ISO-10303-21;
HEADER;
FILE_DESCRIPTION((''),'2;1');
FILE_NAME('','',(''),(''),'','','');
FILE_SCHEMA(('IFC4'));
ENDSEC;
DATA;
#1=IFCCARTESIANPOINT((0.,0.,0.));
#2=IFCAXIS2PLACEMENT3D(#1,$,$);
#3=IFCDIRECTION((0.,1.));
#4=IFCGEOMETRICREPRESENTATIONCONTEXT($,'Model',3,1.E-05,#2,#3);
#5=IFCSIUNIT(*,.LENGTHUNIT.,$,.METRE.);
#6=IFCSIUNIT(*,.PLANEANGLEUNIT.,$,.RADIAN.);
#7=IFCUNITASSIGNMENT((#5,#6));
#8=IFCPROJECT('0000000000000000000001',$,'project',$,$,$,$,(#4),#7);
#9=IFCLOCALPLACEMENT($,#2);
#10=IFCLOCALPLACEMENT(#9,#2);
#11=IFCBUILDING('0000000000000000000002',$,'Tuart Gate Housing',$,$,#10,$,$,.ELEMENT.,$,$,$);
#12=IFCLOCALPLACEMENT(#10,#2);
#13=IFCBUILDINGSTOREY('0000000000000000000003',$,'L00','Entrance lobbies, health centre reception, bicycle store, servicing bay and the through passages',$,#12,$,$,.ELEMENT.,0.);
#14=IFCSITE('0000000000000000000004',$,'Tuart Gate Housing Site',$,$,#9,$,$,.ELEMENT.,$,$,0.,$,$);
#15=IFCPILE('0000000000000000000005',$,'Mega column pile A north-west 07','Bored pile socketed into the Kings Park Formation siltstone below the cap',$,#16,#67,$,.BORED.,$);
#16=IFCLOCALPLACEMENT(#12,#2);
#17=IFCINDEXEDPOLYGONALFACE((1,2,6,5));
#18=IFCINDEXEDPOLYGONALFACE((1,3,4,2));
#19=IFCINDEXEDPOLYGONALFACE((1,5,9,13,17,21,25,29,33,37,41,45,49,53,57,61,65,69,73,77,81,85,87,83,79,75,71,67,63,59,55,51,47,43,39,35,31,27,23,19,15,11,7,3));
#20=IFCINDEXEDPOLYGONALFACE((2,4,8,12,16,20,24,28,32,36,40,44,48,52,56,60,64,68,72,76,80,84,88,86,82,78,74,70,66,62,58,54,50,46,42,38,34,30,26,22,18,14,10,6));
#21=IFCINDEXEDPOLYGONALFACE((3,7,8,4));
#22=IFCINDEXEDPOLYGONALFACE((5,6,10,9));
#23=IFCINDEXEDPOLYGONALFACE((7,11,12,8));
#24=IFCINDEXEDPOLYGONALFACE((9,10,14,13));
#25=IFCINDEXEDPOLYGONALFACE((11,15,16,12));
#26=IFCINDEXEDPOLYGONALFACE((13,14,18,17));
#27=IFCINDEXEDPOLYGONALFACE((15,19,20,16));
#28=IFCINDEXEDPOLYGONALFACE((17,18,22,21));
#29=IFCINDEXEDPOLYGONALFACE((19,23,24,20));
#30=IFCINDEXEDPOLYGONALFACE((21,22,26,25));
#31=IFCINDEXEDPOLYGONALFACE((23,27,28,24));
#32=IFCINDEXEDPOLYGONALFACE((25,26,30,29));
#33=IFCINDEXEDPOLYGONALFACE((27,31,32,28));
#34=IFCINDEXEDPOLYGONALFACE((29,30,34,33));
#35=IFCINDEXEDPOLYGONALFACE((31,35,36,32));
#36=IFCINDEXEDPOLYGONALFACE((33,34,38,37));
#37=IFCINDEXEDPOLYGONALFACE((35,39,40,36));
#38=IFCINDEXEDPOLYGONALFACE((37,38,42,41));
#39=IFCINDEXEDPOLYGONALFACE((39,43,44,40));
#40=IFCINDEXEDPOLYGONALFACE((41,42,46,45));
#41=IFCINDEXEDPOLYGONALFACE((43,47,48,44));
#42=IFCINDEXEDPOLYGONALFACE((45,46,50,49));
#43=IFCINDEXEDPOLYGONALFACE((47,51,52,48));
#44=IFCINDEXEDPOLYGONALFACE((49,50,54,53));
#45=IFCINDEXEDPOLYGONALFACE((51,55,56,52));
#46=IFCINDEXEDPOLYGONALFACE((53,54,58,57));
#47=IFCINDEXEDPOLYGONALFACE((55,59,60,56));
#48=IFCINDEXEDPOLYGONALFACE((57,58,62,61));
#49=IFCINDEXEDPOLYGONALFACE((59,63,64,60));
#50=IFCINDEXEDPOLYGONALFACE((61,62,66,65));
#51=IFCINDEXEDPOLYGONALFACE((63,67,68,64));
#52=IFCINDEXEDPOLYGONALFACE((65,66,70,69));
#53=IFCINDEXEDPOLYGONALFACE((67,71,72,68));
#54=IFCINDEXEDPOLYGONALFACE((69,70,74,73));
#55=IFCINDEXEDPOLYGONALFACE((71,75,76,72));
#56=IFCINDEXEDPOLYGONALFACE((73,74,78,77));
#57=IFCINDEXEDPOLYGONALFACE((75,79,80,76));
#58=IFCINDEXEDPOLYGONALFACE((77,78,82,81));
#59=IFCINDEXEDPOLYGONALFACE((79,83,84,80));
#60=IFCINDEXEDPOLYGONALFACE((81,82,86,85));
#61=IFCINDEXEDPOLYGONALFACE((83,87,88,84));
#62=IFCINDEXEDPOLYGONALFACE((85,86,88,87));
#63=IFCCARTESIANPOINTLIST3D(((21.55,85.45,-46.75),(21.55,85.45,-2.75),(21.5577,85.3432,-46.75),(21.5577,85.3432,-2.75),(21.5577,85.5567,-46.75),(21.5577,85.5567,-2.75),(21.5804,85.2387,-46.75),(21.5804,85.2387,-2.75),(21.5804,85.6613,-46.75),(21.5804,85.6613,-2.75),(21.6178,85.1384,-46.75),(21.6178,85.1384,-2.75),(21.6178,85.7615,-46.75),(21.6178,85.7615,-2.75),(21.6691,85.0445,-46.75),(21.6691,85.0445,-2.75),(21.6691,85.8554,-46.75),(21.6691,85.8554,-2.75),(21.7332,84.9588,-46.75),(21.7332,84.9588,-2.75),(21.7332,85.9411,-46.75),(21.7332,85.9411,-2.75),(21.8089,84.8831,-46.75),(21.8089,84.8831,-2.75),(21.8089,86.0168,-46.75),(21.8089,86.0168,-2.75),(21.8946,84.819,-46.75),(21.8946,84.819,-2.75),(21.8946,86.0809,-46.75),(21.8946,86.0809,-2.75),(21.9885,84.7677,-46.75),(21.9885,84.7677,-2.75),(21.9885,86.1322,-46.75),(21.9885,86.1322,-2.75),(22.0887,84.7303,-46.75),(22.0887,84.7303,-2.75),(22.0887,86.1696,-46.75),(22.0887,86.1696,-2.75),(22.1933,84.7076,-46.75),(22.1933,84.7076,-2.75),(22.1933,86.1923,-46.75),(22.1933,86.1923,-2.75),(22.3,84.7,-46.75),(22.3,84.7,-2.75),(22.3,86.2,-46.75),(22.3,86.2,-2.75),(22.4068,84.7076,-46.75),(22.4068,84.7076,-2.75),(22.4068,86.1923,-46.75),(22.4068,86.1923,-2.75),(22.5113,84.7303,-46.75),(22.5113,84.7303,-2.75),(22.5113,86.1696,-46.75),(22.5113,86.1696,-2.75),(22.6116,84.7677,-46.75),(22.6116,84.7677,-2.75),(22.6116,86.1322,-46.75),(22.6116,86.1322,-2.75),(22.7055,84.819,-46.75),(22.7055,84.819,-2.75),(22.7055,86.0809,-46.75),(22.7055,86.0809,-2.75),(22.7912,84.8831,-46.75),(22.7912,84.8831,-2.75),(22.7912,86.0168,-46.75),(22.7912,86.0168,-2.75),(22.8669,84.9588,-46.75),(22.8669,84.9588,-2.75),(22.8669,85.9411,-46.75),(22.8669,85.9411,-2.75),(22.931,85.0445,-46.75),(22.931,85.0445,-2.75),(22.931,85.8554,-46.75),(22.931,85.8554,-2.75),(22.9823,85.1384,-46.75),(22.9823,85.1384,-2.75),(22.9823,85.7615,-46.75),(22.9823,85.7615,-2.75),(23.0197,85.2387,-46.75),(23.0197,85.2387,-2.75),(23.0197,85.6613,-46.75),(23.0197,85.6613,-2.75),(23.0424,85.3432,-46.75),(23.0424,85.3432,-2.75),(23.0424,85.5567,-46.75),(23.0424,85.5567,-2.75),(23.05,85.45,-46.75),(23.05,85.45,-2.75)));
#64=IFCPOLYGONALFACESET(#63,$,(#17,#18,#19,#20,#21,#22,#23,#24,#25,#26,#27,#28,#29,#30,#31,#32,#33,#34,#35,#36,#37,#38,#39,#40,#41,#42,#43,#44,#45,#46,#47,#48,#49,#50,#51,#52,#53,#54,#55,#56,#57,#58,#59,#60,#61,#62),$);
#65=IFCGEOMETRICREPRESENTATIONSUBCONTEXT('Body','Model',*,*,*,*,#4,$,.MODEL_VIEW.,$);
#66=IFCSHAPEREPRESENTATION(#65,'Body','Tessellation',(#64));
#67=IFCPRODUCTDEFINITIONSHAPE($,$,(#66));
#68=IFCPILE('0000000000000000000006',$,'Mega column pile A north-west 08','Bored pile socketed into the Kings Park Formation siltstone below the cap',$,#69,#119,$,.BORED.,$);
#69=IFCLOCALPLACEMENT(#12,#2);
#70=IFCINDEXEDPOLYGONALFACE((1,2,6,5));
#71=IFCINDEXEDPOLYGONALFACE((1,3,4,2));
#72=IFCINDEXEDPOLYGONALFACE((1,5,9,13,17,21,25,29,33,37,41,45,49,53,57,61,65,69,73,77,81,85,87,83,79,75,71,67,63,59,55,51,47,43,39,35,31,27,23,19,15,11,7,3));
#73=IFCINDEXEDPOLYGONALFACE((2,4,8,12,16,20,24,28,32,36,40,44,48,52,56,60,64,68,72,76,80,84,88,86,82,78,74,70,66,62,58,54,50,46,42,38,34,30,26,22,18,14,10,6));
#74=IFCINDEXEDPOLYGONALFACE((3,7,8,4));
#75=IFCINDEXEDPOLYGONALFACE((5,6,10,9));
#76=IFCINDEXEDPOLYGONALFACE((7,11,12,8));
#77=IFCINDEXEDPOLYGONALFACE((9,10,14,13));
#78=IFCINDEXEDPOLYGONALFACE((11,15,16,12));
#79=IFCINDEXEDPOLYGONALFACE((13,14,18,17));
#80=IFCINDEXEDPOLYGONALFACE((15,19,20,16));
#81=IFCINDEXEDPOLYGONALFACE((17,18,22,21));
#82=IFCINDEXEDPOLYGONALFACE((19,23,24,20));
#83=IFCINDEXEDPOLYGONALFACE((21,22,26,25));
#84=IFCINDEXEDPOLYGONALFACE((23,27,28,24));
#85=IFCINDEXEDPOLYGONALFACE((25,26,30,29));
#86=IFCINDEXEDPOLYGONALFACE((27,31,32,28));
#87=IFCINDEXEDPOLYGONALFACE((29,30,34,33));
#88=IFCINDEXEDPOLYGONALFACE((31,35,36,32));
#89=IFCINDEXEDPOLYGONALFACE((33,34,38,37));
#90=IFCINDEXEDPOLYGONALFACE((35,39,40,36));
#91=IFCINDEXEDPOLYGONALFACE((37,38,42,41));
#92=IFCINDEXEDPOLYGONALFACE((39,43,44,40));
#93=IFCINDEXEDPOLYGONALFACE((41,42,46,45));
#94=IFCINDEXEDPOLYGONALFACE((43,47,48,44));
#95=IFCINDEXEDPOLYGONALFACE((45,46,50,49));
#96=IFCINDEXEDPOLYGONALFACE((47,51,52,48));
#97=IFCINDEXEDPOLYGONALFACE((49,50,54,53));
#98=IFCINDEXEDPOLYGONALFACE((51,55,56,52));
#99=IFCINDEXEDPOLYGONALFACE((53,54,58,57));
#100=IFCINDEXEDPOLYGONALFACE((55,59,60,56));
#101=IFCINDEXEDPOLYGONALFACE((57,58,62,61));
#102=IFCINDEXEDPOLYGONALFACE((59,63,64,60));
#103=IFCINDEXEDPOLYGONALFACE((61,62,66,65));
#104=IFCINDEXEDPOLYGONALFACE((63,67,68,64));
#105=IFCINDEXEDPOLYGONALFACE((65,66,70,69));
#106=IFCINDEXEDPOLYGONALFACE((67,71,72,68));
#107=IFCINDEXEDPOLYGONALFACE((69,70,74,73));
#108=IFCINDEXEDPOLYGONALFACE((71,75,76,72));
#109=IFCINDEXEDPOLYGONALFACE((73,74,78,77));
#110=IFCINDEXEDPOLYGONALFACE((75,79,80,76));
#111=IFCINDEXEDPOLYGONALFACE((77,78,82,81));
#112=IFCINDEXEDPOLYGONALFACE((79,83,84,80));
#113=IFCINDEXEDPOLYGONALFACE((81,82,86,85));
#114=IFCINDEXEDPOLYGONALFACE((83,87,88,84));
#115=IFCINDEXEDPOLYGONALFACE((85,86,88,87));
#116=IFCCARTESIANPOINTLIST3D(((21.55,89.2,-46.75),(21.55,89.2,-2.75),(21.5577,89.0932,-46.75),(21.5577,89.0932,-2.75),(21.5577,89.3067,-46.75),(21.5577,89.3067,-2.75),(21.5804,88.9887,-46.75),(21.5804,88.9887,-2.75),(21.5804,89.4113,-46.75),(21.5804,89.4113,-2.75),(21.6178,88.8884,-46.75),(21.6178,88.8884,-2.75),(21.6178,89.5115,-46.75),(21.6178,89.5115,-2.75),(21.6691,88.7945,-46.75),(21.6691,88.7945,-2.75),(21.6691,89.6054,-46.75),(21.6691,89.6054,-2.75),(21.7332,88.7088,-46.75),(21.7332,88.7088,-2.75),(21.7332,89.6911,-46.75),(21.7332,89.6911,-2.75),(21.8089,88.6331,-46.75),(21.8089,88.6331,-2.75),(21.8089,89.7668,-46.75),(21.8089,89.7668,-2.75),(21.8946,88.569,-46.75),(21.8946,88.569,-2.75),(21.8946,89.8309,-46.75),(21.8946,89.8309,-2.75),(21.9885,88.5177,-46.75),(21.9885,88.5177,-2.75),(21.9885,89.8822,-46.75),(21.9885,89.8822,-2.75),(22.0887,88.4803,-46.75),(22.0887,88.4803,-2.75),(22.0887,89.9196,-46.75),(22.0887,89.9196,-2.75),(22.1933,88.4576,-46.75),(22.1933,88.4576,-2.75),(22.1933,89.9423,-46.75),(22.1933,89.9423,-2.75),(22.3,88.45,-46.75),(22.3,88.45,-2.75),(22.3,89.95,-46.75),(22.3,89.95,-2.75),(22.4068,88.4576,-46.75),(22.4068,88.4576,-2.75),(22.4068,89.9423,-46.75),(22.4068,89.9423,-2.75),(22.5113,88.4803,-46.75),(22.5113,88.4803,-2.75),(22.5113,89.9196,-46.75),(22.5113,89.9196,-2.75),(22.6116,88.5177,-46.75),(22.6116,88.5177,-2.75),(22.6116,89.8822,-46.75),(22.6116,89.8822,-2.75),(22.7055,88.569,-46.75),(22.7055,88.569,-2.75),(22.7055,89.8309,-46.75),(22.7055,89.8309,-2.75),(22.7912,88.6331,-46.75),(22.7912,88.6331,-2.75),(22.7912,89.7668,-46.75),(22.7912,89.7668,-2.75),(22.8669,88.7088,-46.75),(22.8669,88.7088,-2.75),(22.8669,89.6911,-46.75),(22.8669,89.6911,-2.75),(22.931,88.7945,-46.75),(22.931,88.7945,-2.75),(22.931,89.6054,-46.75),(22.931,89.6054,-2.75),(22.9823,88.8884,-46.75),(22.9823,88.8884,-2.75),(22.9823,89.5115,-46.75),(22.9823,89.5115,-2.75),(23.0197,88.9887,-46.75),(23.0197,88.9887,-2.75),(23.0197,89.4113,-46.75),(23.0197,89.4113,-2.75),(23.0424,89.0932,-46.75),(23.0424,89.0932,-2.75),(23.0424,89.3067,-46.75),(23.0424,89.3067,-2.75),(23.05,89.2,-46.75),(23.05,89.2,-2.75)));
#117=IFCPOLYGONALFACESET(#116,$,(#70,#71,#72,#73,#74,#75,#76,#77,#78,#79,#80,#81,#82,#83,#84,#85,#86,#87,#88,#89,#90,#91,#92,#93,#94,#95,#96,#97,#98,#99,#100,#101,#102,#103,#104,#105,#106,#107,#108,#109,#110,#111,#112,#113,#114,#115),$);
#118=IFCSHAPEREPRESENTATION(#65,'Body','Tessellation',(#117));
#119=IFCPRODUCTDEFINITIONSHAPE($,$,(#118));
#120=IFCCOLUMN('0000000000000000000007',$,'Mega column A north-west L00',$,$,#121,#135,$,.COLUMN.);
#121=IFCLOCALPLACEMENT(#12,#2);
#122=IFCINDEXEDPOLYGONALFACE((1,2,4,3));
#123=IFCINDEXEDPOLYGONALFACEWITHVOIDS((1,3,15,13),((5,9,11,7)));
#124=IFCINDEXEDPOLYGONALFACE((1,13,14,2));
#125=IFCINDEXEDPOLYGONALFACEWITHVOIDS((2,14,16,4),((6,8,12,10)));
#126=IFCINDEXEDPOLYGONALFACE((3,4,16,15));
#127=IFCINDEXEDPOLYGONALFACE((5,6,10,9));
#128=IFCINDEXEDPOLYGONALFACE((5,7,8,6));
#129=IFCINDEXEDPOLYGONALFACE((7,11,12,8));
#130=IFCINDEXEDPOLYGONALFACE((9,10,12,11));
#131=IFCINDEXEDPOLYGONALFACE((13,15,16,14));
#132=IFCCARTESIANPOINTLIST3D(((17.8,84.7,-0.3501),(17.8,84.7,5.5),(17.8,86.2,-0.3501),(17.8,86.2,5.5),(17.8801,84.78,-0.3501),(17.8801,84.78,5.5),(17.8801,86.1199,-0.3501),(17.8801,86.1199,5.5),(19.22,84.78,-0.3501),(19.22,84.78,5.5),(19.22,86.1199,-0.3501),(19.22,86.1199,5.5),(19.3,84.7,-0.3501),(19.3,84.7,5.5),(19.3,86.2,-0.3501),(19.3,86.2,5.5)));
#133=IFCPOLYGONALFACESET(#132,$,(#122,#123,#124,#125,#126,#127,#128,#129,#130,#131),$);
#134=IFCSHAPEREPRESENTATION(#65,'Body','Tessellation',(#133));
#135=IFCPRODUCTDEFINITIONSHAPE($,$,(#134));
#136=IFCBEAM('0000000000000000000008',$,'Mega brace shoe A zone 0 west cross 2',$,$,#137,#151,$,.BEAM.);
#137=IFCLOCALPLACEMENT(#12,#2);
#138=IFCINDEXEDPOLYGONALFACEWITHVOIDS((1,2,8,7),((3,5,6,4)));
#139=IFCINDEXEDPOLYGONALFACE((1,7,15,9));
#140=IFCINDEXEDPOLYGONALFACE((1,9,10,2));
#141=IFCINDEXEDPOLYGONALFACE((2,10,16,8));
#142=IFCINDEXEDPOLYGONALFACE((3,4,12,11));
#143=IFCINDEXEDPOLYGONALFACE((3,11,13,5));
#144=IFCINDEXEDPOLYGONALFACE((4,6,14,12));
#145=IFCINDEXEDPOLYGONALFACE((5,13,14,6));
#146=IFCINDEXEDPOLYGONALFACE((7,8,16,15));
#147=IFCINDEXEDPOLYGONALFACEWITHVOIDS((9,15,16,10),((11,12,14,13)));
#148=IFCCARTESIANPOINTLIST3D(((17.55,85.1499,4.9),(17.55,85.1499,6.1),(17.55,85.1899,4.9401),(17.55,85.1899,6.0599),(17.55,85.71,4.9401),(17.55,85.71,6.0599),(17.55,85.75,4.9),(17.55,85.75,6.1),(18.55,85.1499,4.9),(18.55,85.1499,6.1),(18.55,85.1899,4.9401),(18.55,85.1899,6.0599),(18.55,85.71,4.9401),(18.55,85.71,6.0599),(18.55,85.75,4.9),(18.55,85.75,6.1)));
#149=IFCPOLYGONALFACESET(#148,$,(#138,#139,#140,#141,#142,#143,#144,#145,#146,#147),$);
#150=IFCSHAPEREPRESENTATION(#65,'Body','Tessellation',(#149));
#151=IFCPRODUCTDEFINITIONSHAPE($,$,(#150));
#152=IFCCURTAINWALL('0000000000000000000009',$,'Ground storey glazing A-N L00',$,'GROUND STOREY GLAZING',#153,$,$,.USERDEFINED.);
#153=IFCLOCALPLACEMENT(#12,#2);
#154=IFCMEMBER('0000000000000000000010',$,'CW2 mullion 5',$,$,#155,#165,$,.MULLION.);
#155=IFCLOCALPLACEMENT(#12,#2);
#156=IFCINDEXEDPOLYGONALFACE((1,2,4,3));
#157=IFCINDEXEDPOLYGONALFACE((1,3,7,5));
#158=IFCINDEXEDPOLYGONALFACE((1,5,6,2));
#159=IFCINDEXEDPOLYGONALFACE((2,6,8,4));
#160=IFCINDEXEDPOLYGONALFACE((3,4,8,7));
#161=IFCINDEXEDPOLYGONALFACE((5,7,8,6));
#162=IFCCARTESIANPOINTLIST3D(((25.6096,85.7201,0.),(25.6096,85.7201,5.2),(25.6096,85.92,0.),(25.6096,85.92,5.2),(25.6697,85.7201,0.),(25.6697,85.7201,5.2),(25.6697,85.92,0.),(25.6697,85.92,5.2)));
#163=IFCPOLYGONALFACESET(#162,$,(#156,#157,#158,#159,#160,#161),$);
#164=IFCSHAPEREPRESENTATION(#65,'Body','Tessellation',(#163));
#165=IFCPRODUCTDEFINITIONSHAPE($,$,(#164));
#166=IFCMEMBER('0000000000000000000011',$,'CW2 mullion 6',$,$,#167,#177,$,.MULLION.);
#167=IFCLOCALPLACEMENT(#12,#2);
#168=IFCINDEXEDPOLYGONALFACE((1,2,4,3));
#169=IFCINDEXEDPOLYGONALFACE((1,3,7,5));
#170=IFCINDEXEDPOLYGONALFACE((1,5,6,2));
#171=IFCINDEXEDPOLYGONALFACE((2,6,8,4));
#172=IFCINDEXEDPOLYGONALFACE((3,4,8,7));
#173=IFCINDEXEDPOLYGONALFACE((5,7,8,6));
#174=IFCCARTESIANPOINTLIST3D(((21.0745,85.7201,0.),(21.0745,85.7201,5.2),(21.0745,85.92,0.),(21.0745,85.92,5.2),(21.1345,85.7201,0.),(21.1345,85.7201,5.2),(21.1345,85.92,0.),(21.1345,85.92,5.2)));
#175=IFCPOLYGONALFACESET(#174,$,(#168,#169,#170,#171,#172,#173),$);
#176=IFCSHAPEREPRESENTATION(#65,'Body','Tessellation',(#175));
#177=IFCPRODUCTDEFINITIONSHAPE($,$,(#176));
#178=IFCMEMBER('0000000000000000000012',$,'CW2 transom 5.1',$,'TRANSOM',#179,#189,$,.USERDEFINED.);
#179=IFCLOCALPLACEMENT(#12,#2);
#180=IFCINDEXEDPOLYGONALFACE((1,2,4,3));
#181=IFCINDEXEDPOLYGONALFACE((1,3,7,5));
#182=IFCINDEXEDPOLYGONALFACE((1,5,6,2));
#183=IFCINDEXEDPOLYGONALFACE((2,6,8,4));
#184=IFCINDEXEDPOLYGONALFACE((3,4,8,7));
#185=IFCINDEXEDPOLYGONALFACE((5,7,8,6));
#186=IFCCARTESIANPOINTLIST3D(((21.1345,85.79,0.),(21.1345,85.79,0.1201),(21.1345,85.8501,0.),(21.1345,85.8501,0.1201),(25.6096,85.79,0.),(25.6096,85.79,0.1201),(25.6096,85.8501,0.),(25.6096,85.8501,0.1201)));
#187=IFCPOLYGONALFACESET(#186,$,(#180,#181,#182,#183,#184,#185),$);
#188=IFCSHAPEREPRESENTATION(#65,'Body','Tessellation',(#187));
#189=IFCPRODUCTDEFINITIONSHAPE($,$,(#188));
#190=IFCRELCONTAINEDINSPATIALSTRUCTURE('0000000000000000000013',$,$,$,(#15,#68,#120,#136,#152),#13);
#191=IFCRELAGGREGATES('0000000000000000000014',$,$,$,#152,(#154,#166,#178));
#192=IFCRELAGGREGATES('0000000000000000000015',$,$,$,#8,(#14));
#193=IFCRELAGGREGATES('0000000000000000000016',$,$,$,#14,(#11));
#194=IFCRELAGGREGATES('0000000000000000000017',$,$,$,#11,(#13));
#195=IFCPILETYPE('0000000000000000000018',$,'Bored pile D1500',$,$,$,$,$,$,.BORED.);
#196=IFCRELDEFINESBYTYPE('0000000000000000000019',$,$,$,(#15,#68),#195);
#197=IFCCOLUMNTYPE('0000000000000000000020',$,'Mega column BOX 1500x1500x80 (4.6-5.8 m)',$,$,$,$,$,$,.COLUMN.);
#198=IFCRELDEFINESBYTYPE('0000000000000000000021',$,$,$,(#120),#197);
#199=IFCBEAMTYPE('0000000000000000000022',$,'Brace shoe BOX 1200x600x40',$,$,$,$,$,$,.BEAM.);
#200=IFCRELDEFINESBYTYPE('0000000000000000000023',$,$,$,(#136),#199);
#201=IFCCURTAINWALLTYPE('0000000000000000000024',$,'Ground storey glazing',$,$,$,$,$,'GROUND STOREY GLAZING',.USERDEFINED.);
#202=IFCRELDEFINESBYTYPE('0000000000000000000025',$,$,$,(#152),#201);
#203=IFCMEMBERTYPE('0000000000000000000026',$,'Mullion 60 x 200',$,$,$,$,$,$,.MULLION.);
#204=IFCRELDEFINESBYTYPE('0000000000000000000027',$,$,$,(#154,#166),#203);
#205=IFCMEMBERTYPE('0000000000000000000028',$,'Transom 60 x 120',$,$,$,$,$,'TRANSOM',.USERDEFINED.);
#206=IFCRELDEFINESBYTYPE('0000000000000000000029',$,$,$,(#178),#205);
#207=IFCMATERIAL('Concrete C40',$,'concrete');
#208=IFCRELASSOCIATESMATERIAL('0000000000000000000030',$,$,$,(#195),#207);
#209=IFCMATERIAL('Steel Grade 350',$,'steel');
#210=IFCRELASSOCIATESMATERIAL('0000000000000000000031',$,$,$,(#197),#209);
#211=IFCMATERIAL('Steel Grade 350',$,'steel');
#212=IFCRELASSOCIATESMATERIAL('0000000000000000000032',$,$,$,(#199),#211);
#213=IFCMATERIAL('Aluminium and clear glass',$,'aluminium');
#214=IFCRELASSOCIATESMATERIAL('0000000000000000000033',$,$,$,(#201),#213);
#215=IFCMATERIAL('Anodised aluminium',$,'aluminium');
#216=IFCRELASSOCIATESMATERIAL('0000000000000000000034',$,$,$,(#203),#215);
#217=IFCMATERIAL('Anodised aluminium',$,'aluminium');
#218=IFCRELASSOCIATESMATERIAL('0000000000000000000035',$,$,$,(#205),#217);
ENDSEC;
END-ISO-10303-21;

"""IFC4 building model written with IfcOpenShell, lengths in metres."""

from ifc_helpers import new_model, si_unit, direction, frame, origin, origin_2d, place, context, subcontext, project, spatial, rectangle, hollow_rectangle, circle, extrude, material, material_profile, profile_set, type_object, element, aggregate, save


model = new_model("IFC4")

# Units and contexts
model_context = context("Model", 3, precision=1e-05, world=origin(), true_north=direction((0.0, 1.0)))
body_context = subcontext(model_context, "Body", "Model", "MODEL_VIEW")
ifc_project = project(units=[si_unit("LENGTHUNIT", "METRE"), si_unit("PLANEANGLEUNIT", "RADIAN")], contexts=[model_context])

# Site, building, storey
site_placement = place(None, origin())
site = spatial("IfcSite", under=ifc_project, at=site_placement, Name="Tuart Gate Housing Site", CompositionType="ELEMENT", RefElevation=0.0)
building_placement = place(site_placement, origin())
building = spatial("IfcBuilding", under=site, at=building_placement, Name="Tuart Gate Housing", CompositionType="ELEMENT")
storey_placement = place(building_placement, origin())
storey = spatial("IfcBuildingStorey", under=building, at=storey_placement, Name="L00", Description="Entrance lobbies, health centre reception, bicycle store, servicing bay and the through passages", CompositionType="ELEMENT", Elevation=0.0)

# Piles
ifc_material_1 = material(Name="Concrete C40", Category="concrete")
ifc_material_profile_1 = material_profile(ifc_material_1, circle(Radius=0.75, at=origin_2d()), Name="Bored pile D1500")
ifc_profile_set_1 = profile_set([ifc_material_profile_1], Name="Concrete C40")
pile_type = type_object("IfcPileType", Name="Bored pile D1500", PredefinedType="BORED", material=ifc_profile_set_1)
for number, where, z_axis, x_axis, name in (
    (1, (22.3, 85.45, -2.75), (0.0, 0.0, -1.0), (1.0, 0.0, 0.0), "Mega column pile A north-west 07"),
    (2, (22.3, 89.2, -2.75), (0.0, 0.0, -1.0), (1.0, 0.0, 0.0), "Mega column pile A north-west 08"),
):
    element("IfcPile", number, at=place(storey_placement, frame(where, z_axis=z_axis, x_axis=x_axis)), inside=storey, type_object=pile_type, Name=name, Description="Bored pile socketed into the Kings Park Formation siltstone below the cap", PredefinedType="BORED", context=body_context, shape_type="SweptSolid", body=[
        extrude(circle(Radius=0.75, at=origin_2d()), origin(), (0.0, 0.0, 1.0), 44.0),
    ])

# Column
ifc_material_2 = material(Name="Steel Grade 350", Category="steel")
ifc_material_profile_2 = material_profile(ifc_material_2, hollow_rectangle(XDim=1.5, YDim=1.5, WallThickness=0.0801, at=origin_2d()), Name="BOX 1500x1500x80")
ifc_profile_set_2 = profile_set([ifc_material_profile_2], Name="Steel Grade 350")
column_type = type_object("IfcColumnType", Name="Mega column BOX 1500x1500x80 (4.6-5.8 m)", PredefinedType="COLUMN", material=ifc_profile_set_2)
column_placement = place(storey_placement, frame((18.55, 85.45, -0.3501), z_axis=(0.0, 0.0, 1.0), x_axis=(1.0, 0.0, 0.0)))
element("IfcColumn", 3, at=column_placement, inside=storey, type_object=column_type, Name="Mega column A north-west L00", PredefinedType="COLUMN", context=body_context, shape_type="SweptSolid", body=[
    extrude(hollow_rectangle(XDim=1.5, YDim=1.5, WallThickness=0.0801, at=origin_2d()), origin(), (0.0, 0.0, 1.0), 5.8501),
])

# Beam
ifc_material_3 = material(Name="Steel Grade 350", Category="steel")
ifc_material_profile_3 = material_profile(ifc_material_3, hollow_rectangle(XDim=0.6001, YDim=1.2, WallThickness=0.04, at=origin_2d()), Name="BOX 1200x600x40")
ifc_profile_set_3 = profile_set([ifc_material_profile_3], Name="Steel Grade 350")
beam_type = type_object("IfcBeamType", Name="Brace shoe BOX 1200x600x40", PredefinedType="BEAM", material=ifc_profile_set_3)
beam_placement = place(storey_placement, frame((18.55, 85.45, 5.5), z_axis=(-1.0, 0.0, 0.0), x_axis=(0.0, -1.0, 0.0)))
element("IfcBeam", 4, at=beam_placement, inside=storey, type_object=beam_type, Name="Mega brace shoe A zone 0 west cross 2", PredefinedType="BEAM", context=body_context, shape_type="SweptSolid", body=[
    extrude(hollow_rectangle(XDim=0.6001, YDim=1.2, WallThickness=0.04, at=origin_2d()), origin(), (0.0, 0.0, 1.0), 1.0),
])

# Curtain wall, members
ifc_material_4 = material(Name="Aluminium and clear glass", Category="aluminium")
curtain_wall_type = type_object("IfcCurtainWallType", Name="Ground storey glazing", ElementType="GROUND STOREY GLAZING", PredefinedType="USERDEFINED", material=ifc_material_4)
curtain_wall_placement = place(storey_placement, origin())
curtain_wall = element("IfcCurtainWall", 5, at=curtain_wall_placement, inside=storey, type_object=curtain_wall_type, Name="Ground storey glazing A-N L00", ObjectType="GROUND STOREY GLAZING", PredefinedType="USERDEFINED")
ifc_material_5 = material(Name="Anodised aluminium", Category="aluminium")
ifc_material_profile_4 = material_profile(ifc_material_5, rectangle(XDim=0.0601, YDim=0.2, at=origin_2d()), Name="60x200")
ifc_profile_set_4 = profile_set([ifc_material_profile_4], Name="Anodised aluminium")
member_type_1 = type_object("IfcMemberType", Name="Mullion 60 x 200", PredefinedType="MULLION", material=ifc_profile_set_4)
member_1_placement = place(storey_placement, frame((25.6396, 85.8201, 0.0), z_axis=(0.0, 0.0, 1.0), x_axis=(-1.0, 0.0, 0.0)))
member_1 = element("IfcMember", 6, at=member_1_placement, type_object=member_type_1, Name="CW2 mullion 5", PredefinedType="MULLION", context=body_context, shape_type="SweptSolid", body=[
    extrude(rectangle(XDim=0.0601, YDim=0.2, at=origin_2d()), origin(), (0.0, 0.0, 1.0), 5.2),
])
member_2_placement = place(storey_placement, frame((21.1045, 85.8201, 0.0), z_axis=(0.0, 0.0, 1.0), x_axis=(-1.0, 0.0, 0.0)))
member_2 = element("IfcMember", 7, at=member_2_placement, type_object=member_type_1, Name="CW2 mullion 6", PredefinedType="MULLION", context=body_context, shape_type="SweptSolid", body=[
    extrude(rectangle(XDim=0.0601, YDim=0.2, at=origin_2d()), origin(), (0.0, 0.0, 1.0), 5.2),
])
ifc_material_6 = material(Name="Anodised aluminium", Category="aluminium")
ifc_material_profile_5 = material_profile(ifc_material_6, rectangle(XDim=0.0601, YDim=0.1201, at=origin_2d()), Name="60x120")
ifc_profile_set_5 = profile_set([ifc_material_profile_5], Name="Anodised aluminium")
member_type_2 = type_object("IfcMemberType", Name="Transom 60 x 120", ElementType="TRANSOM", PredefinedType="USERDEFINED", material=ifc_profile_set_5)
member_3_placement = place(storey_placement, frame((25.6096, 85.8201, 0.0601), z_axis=(-1.0, 0.0, 0.0), x_axis=(0.0, -1.0, 0.0)))
member_3 = element("IfcMember", 8, at=member_3_placement, type_object=member_type_2, Name="CW2 transom 5.1", ObjectType="TRANSOM", PredefinedType="USERDEFINED", context=body_context, shape_type="SweptSolid", body=[
    extrude(rectangle(XDim=0.0601, YDim=0.1201, at=origin_2d()), origin(), (0.0, 0.0, 1.0), 4.4751),
])
aggregate(curtain_wall, [member_1, member_2, member_3])

save(model, "model.ifc")
